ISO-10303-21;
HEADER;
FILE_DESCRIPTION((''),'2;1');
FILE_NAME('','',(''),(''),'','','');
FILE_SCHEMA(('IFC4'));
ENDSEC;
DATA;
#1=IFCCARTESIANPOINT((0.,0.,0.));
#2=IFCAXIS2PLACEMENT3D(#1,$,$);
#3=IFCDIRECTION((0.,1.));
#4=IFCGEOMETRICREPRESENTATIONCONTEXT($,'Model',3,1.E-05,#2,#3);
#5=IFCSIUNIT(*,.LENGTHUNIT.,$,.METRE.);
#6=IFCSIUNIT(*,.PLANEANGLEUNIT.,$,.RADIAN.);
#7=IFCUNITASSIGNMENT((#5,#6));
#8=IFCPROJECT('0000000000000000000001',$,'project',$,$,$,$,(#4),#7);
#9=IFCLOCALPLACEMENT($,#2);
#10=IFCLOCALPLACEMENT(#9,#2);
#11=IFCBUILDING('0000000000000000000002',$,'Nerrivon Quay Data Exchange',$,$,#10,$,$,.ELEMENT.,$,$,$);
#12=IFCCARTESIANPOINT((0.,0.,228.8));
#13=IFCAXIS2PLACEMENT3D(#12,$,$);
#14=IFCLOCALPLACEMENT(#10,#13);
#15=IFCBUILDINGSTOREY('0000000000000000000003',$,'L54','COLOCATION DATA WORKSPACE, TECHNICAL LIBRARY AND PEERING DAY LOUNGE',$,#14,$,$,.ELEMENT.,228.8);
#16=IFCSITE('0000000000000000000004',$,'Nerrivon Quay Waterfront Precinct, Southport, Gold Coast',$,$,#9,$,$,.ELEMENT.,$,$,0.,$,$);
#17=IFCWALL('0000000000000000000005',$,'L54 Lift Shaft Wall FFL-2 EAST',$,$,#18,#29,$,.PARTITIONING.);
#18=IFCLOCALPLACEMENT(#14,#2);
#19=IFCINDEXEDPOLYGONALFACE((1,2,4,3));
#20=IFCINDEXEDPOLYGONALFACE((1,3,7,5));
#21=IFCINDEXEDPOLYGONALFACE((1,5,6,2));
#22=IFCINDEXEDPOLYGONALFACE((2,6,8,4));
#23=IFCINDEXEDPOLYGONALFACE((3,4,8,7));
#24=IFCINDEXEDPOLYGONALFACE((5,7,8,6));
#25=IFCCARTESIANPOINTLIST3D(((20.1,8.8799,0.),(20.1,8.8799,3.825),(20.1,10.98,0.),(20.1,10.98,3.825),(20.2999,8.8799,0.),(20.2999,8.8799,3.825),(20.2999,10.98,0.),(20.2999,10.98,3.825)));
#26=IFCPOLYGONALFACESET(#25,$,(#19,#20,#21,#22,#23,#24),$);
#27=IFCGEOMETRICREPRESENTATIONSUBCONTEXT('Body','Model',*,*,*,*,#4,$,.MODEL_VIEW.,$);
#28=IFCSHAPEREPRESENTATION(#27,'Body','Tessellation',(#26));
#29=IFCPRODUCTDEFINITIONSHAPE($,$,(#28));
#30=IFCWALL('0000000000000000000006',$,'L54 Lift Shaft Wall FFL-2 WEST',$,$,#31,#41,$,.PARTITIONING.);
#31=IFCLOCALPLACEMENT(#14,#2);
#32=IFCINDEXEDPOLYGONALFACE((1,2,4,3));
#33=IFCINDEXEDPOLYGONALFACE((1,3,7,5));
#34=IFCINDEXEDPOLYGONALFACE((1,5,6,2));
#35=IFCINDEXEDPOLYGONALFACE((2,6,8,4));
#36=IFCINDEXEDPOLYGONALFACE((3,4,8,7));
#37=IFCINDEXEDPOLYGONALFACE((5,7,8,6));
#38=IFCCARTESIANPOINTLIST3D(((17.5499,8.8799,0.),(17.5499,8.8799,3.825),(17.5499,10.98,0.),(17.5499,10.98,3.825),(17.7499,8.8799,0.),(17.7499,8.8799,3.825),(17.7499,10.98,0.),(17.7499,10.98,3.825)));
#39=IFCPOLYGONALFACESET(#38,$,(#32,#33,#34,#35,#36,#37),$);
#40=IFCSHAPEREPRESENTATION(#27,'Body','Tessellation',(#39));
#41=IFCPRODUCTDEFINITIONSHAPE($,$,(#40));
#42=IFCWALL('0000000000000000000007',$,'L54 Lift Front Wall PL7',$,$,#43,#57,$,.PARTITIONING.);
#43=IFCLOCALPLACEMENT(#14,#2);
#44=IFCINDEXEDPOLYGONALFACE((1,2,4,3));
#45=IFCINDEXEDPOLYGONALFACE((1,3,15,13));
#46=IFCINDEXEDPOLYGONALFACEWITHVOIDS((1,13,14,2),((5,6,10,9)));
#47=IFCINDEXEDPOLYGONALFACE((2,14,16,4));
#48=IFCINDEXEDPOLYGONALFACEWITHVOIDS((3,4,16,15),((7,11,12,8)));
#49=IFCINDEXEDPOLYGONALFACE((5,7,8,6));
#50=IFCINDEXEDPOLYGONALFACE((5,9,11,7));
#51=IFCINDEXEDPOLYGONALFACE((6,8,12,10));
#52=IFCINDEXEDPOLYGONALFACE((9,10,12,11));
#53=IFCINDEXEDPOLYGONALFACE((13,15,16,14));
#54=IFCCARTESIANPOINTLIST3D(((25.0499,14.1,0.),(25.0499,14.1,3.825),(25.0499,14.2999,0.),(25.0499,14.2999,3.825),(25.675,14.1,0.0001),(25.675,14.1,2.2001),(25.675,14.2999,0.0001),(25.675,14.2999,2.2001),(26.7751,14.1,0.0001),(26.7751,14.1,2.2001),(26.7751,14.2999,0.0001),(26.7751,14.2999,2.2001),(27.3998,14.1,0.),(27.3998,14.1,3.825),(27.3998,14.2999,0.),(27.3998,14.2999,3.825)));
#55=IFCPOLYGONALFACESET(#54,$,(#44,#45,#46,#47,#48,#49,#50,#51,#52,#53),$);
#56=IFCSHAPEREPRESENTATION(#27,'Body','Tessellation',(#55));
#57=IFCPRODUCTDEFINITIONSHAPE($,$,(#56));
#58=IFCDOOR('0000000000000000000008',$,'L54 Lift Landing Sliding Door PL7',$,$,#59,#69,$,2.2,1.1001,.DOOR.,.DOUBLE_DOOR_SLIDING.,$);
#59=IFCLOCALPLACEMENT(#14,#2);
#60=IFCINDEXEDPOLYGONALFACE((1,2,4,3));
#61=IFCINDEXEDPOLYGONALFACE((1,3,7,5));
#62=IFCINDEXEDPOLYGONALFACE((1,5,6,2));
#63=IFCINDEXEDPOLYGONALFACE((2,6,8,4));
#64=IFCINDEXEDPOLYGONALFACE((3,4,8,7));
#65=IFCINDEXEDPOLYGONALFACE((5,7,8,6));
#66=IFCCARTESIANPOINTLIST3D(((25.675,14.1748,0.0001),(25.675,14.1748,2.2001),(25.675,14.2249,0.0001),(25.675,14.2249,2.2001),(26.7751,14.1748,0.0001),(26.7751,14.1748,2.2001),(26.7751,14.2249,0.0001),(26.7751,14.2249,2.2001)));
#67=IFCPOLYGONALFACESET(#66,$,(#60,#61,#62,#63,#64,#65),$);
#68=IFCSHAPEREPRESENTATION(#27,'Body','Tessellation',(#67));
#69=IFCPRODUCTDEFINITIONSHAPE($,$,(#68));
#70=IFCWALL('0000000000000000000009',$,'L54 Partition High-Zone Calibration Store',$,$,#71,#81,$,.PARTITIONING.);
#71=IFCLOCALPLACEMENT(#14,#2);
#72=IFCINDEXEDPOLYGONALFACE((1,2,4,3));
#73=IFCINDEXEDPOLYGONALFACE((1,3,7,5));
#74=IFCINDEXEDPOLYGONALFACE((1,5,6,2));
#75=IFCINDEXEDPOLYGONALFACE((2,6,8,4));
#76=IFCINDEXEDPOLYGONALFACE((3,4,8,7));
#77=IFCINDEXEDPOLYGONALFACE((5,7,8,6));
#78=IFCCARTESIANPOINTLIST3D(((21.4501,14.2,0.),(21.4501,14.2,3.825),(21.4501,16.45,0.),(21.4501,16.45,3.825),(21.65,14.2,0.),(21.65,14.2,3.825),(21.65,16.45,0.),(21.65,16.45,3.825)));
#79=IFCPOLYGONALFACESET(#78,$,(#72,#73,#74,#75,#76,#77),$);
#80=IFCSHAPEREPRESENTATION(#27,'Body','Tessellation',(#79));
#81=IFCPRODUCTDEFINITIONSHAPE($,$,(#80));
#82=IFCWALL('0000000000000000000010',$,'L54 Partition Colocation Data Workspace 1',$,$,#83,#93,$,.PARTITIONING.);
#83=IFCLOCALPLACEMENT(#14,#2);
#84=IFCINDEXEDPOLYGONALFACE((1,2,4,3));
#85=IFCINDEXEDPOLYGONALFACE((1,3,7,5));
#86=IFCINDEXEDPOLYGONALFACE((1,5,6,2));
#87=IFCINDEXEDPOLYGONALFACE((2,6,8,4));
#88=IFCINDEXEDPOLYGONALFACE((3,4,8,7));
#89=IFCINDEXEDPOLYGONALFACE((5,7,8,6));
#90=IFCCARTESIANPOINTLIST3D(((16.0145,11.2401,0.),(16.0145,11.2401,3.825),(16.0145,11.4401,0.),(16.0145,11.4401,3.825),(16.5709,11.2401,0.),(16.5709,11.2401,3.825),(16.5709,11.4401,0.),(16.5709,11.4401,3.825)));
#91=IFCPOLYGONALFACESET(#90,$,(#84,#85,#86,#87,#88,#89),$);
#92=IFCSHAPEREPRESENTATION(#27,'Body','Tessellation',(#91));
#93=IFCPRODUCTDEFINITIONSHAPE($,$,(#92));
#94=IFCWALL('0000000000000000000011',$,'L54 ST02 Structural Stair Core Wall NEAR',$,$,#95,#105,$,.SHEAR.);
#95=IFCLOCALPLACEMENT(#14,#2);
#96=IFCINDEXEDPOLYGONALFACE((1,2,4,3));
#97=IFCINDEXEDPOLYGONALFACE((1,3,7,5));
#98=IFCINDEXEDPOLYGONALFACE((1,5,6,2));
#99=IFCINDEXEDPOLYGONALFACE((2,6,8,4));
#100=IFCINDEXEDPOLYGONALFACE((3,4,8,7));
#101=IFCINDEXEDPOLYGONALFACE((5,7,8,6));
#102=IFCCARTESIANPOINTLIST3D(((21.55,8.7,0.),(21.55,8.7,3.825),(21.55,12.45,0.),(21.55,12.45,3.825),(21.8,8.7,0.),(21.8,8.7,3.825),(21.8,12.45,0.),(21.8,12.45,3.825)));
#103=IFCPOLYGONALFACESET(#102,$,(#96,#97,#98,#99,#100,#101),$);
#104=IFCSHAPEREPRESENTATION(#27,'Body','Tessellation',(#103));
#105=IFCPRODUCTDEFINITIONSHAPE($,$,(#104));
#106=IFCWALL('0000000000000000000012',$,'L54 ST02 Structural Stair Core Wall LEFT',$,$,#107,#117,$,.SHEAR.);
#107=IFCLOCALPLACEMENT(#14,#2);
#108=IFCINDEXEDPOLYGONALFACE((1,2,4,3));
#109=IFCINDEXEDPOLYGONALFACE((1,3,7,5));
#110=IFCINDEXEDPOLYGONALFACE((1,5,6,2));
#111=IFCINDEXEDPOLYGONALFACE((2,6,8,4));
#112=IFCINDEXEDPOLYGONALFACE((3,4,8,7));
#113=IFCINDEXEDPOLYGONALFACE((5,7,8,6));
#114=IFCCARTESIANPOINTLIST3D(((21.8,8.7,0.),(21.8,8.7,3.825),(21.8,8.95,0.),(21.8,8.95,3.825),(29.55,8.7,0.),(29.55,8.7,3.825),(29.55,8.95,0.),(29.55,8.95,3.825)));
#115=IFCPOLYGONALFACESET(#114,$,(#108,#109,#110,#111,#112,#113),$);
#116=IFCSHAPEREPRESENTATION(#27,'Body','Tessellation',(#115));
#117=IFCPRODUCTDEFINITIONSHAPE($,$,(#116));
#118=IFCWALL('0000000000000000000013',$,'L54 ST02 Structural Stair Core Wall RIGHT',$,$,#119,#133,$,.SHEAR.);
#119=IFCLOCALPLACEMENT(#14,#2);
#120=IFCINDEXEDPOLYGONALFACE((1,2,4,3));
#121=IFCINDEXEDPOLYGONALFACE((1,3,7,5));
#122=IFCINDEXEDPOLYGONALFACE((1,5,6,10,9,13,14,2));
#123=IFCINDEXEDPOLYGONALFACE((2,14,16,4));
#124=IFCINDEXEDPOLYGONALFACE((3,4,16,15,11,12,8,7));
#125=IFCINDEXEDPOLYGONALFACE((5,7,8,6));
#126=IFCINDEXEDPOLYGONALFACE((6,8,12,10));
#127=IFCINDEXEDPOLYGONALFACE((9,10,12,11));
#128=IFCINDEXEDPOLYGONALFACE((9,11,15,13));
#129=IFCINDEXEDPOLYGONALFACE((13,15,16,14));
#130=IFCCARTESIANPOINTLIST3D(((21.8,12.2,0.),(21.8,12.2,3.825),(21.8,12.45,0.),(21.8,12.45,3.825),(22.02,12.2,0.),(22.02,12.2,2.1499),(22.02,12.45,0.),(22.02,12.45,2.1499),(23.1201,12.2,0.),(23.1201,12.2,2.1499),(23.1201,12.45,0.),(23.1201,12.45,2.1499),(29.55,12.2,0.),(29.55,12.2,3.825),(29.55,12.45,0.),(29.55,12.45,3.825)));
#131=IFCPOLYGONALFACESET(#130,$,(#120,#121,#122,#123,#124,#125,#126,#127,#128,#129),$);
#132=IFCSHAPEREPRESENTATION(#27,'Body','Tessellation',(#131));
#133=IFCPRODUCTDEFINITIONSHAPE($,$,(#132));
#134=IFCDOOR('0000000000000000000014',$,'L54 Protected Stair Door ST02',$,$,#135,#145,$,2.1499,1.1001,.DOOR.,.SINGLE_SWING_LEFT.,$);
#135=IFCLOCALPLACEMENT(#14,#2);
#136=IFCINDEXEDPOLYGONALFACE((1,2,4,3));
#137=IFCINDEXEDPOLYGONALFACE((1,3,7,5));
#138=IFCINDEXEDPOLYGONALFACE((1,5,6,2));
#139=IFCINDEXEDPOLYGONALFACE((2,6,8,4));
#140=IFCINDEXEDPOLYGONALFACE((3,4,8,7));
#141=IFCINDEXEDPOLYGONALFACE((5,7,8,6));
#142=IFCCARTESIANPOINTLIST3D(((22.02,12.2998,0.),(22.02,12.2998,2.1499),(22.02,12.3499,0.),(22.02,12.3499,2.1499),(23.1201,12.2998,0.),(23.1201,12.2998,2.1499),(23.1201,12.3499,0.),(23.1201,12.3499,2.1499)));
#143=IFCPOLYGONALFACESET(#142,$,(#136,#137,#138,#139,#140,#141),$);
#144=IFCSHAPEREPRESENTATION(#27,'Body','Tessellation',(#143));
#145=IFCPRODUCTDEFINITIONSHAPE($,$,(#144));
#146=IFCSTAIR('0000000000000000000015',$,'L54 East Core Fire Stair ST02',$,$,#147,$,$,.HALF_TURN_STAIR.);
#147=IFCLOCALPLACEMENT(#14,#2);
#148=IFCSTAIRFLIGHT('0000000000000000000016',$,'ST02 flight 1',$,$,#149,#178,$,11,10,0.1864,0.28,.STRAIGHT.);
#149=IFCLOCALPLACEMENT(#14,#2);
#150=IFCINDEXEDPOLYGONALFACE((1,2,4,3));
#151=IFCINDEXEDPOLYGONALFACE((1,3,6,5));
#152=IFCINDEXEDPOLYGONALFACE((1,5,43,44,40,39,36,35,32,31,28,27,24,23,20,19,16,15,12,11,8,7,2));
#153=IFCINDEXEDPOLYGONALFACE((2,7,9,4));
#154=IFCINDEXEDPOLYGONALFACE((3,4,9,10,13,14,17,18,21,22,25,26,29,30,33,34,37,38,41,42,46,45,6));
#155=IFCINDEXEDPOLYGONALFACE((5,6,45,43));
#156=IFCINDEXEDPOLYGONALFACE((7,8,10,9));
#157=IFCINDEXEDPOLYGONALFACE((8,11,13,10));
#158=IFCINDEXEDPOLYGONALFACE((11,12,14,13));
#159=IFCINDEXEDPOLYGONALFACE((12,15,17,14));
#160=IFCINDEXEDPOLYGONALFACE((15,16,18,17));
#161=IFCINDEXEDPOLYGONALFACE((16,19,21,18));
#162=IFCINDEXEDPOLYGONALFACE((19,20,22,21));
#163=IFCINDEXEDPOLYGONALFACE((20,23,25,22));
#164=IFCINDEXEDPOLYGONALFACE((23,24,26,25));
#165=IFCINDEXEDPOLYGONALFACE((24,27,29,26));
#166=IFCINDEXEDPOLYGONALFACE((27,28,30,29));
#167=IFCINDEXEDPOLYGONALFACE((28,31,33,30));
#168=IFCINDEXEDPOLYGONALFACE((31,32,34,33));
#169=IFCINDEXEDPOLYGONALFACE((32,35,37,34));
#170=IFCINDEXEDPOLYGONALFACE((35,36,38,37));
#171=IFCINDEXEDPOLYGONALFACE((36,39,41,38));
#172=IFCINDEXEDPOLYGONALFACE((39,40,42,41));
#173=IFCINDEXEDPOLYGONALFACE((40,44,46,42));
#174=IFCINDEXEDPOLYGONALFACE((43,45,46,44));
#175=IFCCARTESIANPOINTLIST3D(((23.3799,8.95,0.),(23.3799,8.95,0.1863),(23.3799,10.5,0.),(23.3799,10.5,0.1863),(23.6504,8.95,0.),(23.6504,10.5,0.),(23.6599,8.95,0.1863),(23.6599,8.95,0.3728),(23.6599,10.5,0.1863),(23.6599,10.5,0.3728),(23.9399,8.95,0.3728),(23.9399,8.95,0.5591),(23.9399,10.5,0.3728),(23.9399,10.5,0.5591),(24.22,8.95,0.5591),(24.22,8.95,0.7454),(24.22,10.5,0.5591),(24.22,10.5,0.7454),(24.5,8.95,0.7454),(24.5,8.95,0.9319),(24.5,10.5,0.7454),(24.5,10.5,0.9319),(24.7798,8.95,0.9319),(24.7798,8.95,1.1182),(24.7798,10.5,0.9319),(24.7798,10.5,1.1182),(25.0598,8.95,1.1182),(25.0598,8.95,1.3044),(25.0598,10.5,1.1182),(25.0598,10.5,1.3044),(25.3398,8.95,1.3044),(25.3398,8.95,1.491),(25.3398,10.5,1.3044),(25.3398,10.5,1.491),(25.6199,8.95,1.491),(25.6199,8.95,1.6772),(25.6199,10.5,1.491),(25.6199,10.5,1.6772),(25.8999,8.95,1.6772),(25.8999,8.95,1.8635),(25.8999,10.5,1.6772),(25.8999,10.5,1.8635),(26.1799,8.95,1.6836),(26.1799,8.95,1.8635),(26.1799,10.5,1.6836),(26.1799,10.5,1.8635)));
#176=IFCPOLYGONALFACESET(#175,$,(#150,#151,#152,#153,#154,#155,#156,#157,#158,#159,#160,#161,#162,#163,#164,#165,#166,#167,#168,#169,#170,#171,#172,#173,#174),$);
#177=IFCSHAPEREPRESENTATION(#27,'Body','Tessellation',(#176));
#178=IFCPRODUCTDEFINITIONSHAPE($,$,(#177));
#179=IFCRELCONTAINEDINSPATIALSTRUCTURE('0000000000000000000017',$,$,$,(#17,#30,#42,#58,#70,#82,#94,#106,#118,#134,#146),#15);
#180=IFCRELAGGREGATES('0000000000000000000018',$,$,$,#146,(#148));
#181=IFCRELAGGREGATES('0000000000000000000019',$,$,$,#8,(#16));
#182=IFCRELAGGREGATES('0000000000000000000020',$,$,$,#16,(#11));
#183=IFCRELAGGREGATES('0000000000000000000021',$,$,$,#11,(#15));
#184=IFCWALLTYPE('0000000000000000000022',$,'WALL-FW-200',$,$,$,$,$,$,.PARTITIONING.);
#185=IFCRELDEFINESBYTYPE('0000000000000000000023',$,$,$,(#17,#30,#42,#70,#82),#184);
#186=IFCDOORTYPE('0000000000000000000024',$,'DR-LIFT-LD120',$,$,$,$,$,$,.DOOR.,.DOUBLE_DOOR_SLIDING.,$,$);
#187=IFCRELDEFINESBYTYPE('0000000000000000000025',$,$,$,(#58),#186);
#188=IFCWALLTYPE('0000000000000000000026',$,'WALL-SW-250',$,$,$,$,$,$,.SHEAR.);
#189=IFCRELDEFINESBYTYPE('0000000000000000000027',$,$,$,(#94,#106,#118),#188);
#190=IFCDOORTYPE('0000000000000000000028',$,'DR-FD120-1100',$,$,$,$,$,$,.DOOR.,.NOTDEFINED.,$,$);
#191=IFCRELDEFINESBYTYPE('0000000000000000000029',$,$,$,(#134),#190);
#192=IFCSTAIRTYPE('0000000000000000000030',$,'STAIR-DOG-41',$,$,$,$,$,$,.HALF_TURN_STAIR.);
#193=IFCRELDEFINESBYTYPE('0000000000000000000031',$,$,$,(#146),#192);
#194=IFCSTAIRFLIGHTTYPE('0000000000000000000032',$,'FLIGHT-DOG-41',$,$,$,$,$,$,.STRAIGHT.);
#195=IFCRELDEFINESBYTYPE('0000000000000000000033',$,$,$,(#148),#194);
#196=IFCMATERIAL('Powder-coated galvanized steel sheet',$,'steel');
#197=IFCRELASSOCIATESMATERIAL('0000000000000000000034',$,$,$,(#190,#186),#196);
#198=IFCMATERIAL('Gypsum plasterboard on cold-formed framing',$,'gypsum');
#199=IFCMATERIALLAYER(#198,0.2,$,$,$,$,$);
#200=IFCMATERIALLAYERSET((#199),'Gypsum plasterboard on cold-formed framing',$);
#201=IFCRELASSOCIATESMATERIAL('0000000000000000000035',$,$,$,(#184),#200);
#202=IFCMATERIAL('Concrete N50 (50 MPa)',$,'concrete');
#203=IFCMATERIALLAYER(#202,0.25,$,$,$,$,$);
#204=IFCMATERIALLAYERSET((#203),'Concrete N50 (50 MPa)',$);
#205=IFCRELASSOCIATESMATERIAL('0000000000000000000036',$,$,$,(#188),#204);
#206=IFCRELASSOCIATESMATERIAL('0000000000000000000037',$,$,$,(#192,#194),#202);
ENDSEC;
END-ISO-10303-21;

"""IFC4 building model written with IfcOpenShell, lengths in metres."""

from ifc_helpers import new_model, si_unit, direction, frame, frame_2d, origin, place, context, subcontext, project, spatial, polyline, rectangle, outline, extrude, material, layer, layer_set, type_object, element, fill, aggregate, save


model = new_model("IFC4")

# Units and contexts
model_context = context("Model", 3, precision=1e-05, world=origin(), true_north=direction((0.0, 1.0)))
body_context = subcontext(model_context, "Body", "Model", "MODEL_VIEW")
ifc_project = project(units=[si_unit("LENGTHUNIT", "METRE"), si_unit("PLANEANGLEUNIT", "RADIAN")], contexts=[model_context])

# Site, building, storey
site_placement = place(None, origin())
site = spatial("IfcSite", under=ifc_project, at=site_placement, Name="Nerrivon Quay Waterfront Precinct, Southport, Gold Coast", CompositionType="ELEMENT", RefElevation=0.0)
building_placement = place(site_placement, origin())
building = spatial("IfcBuilding", under=site, at=building_placement, Name="Nerrivon Quay Data Exchange", CompositionType="ELEMENT")
storey_placement = place(building_placement, frame((0.0, 0.0, 228.8)))
storey = spatial("IfcBuildingStorey", under=building, at=storey_placement, Name="L54", Description="COLOCATION DATA WORKSPACE, TECHNICAL LIBRARY AND PEERING DAY LOUNGE", CompositionType="ELEMENT", Elevation=228.8)

# Shared definitions
ifc_material_1 = material(Name="Concrete N50 (50 MPa)", Category="concrete")

# Shared definitions
ifc_material_2 = material(Name="Powder-coated galvanized steel sheet", Category="steel")
door_type_1 = type_object("IfcDoorType", Name="DR-FD120-1100", OperationType="NOTDEFINED", PredefinedType="DOOR", material=ifc_material_2)

# Shared definitions
ifc_material_3 = material(Name="Gypsum plasterboard on cold-formed framing", Category="gypsum")
ifc_layer_1 = layer(ifc_material_3, 0.2)
ifc_layer_set_1 = layer_set([ifc_layer_1], Name="Gypsum plasterboard on cold-formed framing")
wall_type_1 = type_object("IfcWallType", Name="WALL-FW-200", PredefinedType="PARTITIONING", material=ifc_layer_set_1)

# Shared definitions
door_type_2 = type_object("IfcDoorType", Name="DR-LIFT-LD120", OperationType="DOUBLE_DOOR_SLIDING", PredefinedType="DOOR", material=ifc_material_2)

# Walls
for number, where, z_axis, x_axis, name in (
    (1, (20.2, 8.8799, 0.0), (0.0, 0.0, 1.0), (0.0, 1.0, 0.0), "L54 Lift Shaft Wall FFL-2 EAST"),
    (2, (17.6499, 8.8799, 0.0), (0.0, 0.0, 1.0), (0.0, 1.0, 0.0), "L54 Lift Shaft Wall FFL-2 WEST"),
):
    element("IfcWall", number, at=place(storey_placement, frame(where, z_axis=z_axis, x_axis=x_axis)), inside=storey, type_object=wall_type_1, Name=name, PredefinedType="PARTITIONING", context=body_context, shape_type="SweptSolid", body=[
        extrude(rectangle(XDim=2.1001, YDim=0.2, at=frame_2d((1.05, 0.0))), origin(), (0.0, 0.0, 1.0), 3.825),
    ])

# Wall, opening, door
wall_1_placement = place(storey_placement, frame((25.05, 14.2, 0.0), z_axis=(0.0, 0.0, 1.0), x_axis=(1.0, 0.0, 0.0)))
wall_1 = element("IfcWall", 3, at=wall_1_placement, inside=storey, type_object=wall_type_1, Name="L54 Lift Front Wall PL7", PredefinedType="PARTITIONING", context=body_context, shape_type="SweptSolid", body=[
    extrude(rectangle(XDim=2.3499, YDim=0.2, at=frame_2d((1.1748, 0.0))), origin(), (0.0, 0.0, 1.0), 3.825),
])
opening_1_placement = place(wall_1_placement, frame((0.625, 0.0, 0.0)))
opening_1 = element("IfcOpeningElement", 4, at=opening_1_placement, cuts=wall_1, PredefinedType="OPENING", context=body_context, shape_type="SweptSolid", body=[
    extrude(rectangle(XDim=1.1001, YDim=2.2, at=frame_2d((0.55, 1.1001))), frame((0.0, 0.1099, 0.0), z_axis=(0.0, -1.0, 0.0), x_axis=(1.0, 0.0, 0.0)), (0.0, 0.0, 1.0), 0.22),
])
door_1_placement = place(opening_1_placement, origin())
door_1 = element("IfcDoor", 5, at=door_1_placement, inside=storey, type_object=door_type_2, Name="L54 Lift Landing Sliding Door PL7", OperationType="DOUBLE_DOOR_SLIDING", OverallHeight=2.2, OverallWidth=1.1001, PredefinedType="DOOR", context=body_context, shape_type="SweptSolid", body=[
    extrude(rectangle(XDim=1.1001, YDim=2.2, at=frame_2d((0.55, 1.1001))), frame((0.0, 0.0249, 0.0), z_axis=(0.0, -1.0, 0.0), x_axis=(1.0, 0.0, 0.0)), (0.0, 0.0, 1.0), 0.05),
])
fill(opening_1, door_1)

# Wall
wall_2_placement = place(storey_placement, frame((21.55, 14.2, 0.0), z_axis=(0.0, 0.0, 1.0), x_axis=(0.0, 1.0, 0.0)))
element("IfcWall", 6, at=wall_2_placement, inside=storey, type_object=wall_type_1, Name="L54 Partition High-Zone Calibration Store", PredefinedType="PARTITIONING", context=body_context, shape_type="SweptSolid", body=[
    extrude(rectangle(XDim=2.25, YDim=0.2, at=frame_2d((1.125, 0.0))), origin(), (0.0, 0.0, 1.0), 3.825),
])

# Walls
wall_3_placement = place(storey_placement, frame((16.571, 11.3401, 0.0), z_axis=(0.0, 0.0, 1.0), x_axis=(-1.0, 0.0, 0.0)))
element("IfcWall", 7, at=wall_3_placement, inside=storey, type_object=wall_type_1, Name="L54 Partition Colocation Data Workspace 1", PredefinedType="PARTITIONING", context=body_context, shape_type="SweptSolid", body=[
    extrude(rectangle(XDim=0.5564, YDim=0.2, at=frame_2d((0.2783, 0.0))), origin(), (0.0, 0.0, 1.0), 3.825),
])
ifc_layer_2 = layer(ifc_material_1, 0.25)
ifc_layer_set_2 = layer_set([ifc_layer_2], Name="Concrete N50 (50 MPa)")
wall_type_2 = type_object("IfcWallType", Name="WALL-SW-250", PredefinedType="SHEAR", material=ifc_layer_set_2)
wall_4_placement = place(storey_placement, frame((21.675, 8.7, 0.0), z_axis=(0.0, 0.0, 1.0), x_axis=(0.0, 1.0, 0.0)))
element("IfcWall", 8, at=wall_4_placement, inside=storey, type_object=wall_type_2, Name="L54 ST02 Structural Stair Core Wall NEAR", PredefinedType="SHEAR", context=body_context, shape_type="SweptSolid", body=[
    extrude(rectangle(XDim=3.75, YDim=0.25, at=frame_2d((1.875, 0.0))), origin(), (0.0, 0.0, 1.0), 3.825),
])
wall_5_placement = place(storey_placement, frame((21.8, 8.825, 0.0), z_axis=(0.0, 0.0, 1.0), x_axis=(1.0, 0.0, 0.0)))
element("IfcWall", 9, at=wall_5_placement, inside=storey, type_object=wall_type_2, Name="L54 ST02 Structural Stair Core Wall LEFT", PredefinedType="SHEAR", context=body_context, shape_type="SweptSolid", body=[
    extrude(rectangle(XDim=7.75, YDim=0.25, at=frame_2d((3.875, 0.0))), origin(), (0.0, 0.0, 1.0), 3.825),
])

# Wall, opening, door
wall_6_placement = place(storey_placement, frame((21.8, 12.325, 0.0), z_axis=(0.0, 0.0, 1.0), x_axis=(1.0, 0.0, 0.0)))
wall_6 = element("IfcWall", 10, at=wall_6_placement, inside=storey, type_object=wall_type_2, Name="L54 ST02 Structural Stair Core Wall RIGHT", PredefinedType="SHEAR", context=body_context, shape_type="SweptSolid", body=[
    extrude(rectangle(XDim=7.75, YDim=0.25, at=frame_2d((3.875, 0.0))), origin(), (0.0, 0.0, 1.0), 3.825),
])
opening_2_placement = place(wall_6_placement, frame((0.22, 0.0, 0.0)))
opening_2 = element("IfcOpeningElement", 11, at=opening_2_placement, cuts=wall_6, PredefinedType="OPENING", context=body_context, shape_type="SweptSolid", body=[
    extrude(rectangle(XDim=1.1001, YDim=2.1499, at=frame_2d((0.55, 1.075))), frame((0.0, 0.135, 0.0), z_axis=(0.0, -1.0, 0.0), x_axis=(1.0, 0.0, 0.0)), (0.0, 0.0, 1.0), 0.27),
])
door_2_placement = place(opening_2_placement, origin())
door_2 = element("IfcDoor", 12, at=door_2_placement, inside=storey, type_object=door_type_1, Name="L54 Protected Stair Door ST02", OperationType="SINGLE_SWING_LEFT", OverallHeight=2.1499, OverallWidth=1.1001, PredefinedType="DOOR", context=body_context, shape_type="SweptSolid", body=[
    extrude(rectangle(XDim=1.1001, YDim=2.1499, at=frame_2d((0.55, 1.075))), frame((0.0, 0.0249, 0.0), z_axis=(0.0, -1.0, 0.0), x_axis=(1.0, 0.0, 0.0)), (0.0, 0.0, 1.0), 0.05),
])
fill(opening_2, door_2)

# Stair, stair flight
stair_type = type_object("IfcStairType", Name="STAIR-DOG-41", PredefinedType="HALF_TURN_STAIR", material=ifc_material_1)
stair_placement = place(storey_placement, origin())
stair = element("IfcStair", 13, at=stair_placement, inside=storey, type_object=stair_type, Name="L54 East Core Fire Stair ST02", PredefinedType="HALF_TURN_STAIR")
stair_flight_type = type_object("IfcStairFlightType", Name="FLIGHT-DOG-41", PredefinedType="STRAIGHT", material=ifc_material_1)
stair_flight_placement = place(storey_placement, frame((23.3799, 9.7251, 0.0), z_axis=(0.0, 0.0, 1.0), x_axis=(1.0, 0.0, 0.0)))
stair_flight = element("IfcStairFlight", 14, at=stair_flight_placement, type_object=stair_flight_type, Name="ST02 flight 1", NumberOfRisers=11, NumberOfTreads=10, PredefinedType="STRAIGHT", RiserHeight=0.1864, TreadLength=0.28, context=body_context, shape_type="SweptSolid", body=[
    extrude(outline(polyline([(0.0, 0.0), (0.0, 0.1863), (0.28, 0.1863), (0.28, 0.3728), (0.5601, 0.3728), (0.5601, 0.5591), (0.8401, 0.5591), (0.8401, 0.7454), (1.1201, 0.7454), (1.1201, 0.9319), (1.3999, 0.9319), (1.3999, 1.1182), (1.6799, 1.1182), (1.6799, 1.3044), (1.96, 1.3044), (1.96, 1.491), (2.24, 1.491), (2.24, 1.6772), (2.52, 1.6772), (2.52, 1.8635), (2.8, 1.8635), (2.8, 2.05), (2.8, 1.6836), (0.2705, 0.0), (0.0, 0.0)])), frame((0.0, 0.7749, 0.0), z_axis=(0.0, -1.0, 0.0), x_axis=(1.0, 0.0, 0.0)), (0.0, 0.0, 1.0), 1.55),
])
aggregate(stair, [stair_flight])

save(model, "model.ifc")
